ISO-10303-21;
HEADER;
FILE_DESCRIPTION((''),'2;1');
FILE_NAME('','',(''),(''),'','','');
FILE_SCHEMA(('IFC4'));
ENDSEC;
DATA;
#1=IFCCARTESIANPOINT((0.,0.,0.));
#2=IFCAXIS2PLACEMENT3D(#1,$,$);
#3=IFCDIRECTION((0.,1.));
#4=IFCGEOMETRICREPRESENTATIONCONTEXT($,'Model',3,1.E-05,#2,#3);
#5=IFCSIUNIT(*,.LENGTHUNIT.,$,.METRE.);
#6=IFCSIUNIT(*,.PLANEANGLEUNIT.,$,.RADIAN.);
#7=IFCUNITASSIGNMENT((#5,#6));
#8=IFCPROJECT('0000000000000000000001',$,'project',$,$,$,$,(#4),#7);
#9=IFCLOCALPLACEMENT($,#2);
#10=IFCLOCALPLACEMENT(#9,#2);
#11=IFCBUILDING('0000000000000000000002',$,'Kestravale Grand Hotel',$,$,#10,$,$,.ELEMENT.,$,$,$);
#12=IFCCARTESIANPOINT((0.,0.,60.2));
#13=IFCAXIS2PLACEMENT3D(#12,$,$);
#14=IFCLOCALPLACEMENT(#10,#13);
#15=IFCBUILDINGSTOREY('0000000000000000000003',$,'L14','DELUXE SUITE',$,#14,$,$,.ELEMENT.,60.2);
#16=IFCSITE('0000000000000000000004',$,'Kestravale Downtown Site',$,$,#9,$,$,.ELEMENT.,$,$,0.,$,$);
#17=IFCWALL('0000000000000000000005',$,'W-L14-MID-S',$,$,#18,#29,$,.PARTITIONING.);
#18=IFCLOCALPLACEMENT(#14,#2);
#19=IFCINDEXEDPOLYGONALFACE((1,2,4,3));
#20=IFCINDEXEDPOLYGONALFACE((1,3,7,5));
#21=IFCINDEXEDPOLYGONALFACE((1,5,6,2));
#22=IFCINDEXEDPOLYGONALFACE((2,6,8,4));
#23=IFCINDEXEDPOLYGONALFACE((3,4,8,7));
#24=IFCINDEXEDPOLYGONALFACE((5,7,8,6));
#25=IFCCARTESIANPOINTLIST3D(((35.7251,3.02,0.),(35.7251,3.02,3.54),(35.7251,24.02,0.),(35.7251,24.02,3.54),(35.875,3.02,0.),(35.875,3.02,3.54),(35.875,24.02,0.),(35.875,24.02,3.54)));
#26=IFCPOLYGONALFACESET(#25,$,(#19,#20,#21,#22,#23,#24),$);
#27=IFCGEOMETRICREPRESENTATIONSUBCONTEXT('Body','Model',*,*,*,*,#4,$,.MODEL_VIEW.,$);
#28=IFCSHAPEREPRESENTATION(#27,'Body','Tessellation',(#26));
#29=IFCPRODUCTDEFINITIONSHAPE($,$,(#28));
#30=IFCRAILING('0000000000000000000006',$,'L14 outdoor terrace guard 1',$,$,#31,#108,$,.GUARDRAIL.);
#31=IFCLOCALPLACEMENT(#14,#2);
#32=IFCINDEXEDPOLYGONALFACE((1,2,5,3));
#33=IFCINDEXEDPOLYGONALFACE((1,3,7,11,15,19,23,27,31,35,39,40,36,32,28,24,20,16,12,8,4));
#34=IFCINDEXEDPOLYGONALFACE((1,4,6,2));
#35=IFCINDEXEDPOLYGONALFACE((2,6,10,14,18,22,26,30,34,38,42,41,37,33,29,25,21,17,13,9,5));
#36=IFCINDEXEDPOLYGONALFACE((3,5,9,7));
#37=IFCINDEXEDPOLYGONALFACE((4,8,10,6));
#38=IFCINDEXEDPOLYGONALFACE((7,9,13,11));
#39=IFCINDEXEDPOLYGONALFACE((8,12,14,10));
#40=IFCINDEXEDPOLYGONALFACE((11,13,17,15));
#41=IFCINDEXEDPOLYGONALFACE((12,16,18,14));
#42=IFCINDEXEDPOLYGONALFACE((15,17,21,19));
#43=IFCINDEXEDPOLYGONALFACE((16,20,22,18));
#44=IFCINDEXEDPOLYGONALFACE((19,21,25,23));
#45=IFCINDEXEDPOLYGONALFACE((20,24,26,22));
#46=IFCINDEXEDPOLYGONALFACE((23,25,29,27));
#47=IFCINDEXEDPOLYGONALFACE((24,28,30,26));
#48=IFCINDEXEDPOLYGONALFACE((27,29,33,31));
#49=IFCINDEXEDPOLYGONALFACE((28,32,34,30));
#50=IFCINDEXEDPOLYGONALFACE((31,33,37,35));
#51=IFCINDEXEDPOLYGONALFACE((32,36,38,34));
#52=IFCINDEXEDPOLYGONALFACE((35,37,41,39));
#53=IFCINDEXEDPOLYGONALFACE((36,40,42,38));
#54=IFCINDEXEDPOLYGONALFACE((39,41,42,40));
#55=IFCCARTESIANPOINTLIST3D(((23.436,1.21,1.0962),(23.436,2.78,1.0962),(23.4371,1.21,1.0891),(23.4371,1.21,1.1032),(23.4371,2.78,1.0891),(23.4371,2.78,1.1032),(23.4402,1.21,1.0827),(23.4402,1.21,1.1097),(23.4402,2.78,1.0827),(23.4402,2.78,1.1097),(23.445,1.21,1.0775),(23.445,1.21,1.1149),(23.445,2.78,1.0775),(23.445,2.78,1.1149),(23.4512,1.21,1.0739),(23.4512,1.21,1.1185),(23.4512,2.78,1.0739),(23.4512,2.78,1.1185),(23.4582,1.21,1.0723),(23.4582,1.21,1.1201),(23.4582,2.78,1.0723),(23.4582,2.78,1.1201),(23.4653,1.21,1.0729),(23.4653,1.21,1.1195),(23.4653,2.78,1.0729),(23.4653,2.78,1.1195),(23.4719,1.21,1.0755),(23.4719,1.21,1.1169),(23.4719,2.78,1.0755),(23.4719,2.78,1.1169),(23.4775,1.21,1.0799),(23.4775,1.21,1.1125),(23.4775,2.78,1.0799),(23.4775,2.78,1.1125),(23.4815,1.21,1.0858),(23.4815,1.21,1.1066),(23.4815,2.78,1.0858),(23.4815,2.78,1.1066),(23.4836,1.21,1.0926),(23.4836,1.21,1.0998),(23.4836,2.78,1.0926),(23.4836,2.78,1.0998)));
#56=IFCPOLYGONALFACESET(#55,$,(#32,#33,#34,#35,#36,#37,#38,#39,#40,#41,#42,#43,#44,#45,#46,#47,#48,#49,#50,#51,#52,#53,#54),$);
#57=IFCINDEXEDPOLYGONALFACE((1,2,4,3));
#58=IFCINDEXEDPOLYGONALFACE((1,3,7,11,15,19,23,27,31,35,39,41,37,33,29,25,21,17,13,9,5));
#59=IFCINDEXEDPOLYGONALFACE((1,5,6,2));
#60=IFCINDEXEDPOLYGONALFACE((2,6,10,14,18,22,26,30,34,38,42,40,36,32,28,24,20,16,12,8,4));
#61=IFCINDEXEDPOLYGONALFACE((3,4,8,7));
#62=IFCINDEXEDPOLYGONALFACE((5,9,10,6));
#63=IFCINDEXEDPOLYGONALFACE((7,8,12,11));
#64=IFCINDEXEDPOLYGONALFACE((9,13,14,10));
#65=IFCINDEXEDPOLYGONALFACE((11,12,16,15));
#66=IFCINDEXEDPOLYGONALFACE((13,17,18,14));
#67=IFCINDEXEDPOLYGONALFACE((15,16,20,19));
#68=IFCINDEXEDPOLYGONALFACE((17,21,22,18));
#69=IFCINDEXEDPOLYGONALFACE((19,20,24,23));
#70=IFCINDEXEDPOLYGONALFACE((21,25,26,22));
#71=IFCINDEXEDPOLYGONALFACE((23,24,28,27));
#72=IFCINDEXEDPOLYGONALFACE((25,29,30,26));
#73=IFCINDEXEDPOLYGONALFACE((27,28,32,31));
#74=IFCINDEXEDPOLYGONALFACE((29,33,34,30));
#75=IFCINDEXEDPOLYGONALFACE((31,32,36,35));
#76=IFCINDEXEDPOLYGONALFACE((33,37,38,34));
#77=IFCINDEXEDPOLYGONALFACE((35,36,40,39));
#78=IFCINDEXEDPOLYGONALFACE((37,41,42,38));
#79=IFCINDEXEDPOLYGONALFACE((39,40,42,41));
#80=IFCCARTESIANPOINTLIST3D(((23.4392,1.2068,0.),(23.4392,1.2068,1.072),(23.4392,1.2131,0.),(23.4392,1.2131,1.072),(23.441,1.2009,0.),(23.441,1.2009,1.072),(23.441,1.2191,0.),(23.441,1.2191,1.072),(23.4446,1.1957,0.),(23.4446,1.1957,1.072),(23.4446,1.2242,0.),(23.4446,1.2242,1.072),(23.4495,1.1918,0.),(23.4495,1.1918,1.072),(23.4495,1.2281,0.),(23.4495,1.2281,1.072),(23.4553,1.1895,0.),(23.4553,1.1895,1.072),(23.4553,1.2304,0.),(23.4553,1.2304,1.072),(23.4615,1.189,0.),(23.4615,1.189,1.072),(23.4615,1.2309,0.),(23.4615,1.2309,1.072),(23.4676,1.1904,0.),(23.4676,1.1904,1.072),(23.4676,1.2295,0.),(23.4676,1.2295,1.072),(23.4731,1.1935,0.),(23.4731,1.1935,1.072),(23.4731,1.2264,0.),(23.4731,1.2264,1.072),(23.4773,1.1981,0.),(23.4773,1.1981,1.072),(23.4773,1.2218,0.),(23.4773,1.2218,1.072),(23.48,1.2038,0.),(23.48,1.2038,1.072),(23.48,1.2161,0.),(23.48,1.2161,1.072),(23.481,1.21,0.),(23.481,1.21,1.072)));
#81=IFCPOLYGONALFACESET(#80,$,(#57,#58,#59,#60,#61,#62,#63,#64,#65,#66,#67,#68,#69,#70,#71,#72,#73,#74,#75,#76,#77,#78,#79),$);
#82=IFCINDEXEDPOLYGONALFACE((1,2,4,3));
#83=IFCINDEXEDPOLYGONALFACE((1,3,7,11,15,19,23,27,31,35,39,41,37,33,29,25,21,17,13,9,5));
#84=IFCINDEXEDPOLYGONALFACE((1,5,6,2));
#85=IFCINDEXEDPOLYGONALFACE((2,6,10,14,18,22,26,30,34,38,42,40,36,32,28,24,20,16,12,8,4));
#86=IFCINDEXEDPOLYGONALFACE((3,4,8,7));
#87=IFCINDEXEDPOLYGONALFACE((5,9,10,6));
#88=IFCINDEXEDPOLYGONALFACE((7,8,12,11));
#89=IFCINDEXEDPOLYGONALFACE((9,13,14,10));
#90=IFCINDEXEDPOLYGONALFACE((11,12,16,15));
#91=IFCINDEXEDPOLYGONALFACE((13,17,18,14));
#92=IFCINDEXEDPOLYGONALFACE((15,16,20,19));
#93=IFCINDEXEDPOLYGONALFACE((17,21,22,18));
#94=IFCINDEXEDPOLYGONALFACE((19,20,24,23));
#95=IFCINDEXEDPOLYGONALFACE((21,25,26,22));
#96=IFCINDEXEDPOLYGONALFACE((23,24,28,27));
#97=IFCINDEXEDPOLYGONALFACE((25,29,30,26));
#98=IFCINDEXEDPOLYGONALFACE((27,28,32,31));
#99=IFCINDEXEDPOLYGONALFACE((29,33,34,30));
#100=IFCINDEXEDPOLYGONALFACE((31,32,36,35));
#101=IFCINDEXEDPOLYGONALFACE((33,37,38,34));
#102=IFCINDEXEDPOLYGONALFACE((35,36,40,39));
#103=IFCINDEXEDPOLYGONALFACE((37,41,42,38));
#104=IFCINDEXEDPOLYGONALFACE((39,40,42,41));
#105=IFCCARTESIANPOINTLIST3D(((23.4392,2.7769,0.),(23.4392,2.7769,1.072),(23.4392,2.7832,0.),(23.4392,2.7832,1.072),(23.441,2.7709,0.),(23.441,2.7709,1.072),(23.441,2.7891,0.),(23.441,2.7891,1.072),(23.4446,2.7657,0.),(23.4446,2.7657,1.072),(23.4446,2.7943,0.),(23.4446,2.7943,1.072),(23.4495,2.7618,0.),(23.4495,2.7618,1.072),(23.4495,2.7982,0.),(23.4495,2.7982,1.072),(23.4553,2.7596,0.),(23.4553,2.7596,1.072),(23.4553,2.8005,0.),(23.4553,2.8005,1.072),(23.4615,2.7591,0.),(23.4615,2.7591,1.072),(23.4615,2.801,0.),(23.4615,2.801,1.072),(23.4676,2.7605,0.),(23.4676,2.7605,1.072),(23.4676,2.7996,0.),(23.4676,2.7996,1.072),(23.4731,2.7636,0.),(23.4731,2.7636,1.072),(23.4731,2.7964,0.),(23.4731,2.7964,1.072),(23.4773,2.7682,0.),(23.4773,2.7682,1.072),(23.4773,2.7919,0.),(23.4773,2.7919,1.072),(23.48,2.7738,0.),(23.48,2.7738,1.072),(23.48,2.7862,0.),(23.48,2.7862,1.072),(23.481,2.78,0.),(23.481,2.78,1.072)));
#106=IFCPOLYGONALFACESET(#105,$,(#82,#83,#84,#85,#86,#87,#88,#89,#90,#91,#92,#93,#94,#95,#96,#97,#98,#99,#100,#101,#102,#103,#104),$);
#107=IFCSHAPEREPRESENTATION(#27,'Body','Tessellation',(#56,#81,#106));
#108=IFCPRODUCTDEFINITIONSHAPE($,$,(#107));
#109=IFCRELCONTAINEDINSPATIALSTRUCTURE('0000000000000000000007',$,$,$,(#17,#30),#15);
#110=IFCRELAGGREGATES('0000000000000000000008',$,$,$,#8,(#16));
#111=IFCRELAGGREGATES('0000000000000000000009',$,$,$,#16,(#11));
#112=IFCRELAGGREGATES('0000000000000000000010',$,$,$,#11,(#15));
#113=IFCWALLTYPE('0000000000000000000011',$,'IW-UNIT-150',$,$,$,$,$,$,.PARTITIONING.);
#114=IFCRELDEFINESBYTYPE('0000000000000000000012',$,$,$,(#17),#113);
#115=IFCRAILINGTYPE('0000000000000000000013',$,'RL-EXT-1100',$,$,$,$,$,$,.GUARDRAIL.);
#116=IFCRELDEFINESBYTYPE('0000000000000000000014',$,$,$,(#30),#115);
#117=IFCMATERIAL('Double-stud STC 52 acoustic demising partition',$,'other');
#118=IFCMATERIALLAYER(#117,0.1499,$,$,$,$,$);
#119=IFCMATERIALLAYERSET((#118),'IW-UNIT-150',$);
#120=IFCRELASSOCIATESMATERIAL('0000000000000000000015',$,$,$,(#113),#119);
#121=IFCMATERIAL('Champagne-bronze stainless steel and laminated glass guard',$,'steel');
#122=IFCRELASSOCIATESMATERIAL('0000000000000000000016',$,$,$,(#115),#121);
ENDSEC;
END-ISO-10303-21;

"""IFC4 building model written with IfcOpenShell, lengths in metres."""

from ifc_helpers import new_model, si_unit, direction, frame, frame_2d, origin, origin_2d, place, context, subcontext, project, spatial, rectangle, circle, extrude, material, layer, layer_set, type_object, element, save


model = new_model("IFC4")

# Units and contexts
model_context = context("Model", 3, precision=1e-05, world=origin(), true_north=direction((0.0, 1.0)))
body_context = subcontext(model_context, "Body", "Model", "MODEL_VIEW")
ifc_project = project(units=[si_unit("LENGTHUNIT", "METRE"), si_unit("PLANEANGLEUNIT", "RADIAN")], contexts=[model_context])

# Site, building, storey
site_placement = place(None, origin())
site = spatial("IfcSite", under=ifc_project, at=site_placement, Name="Kestravale Downtown Site", CompositionType="ELEMENT", RefElevation=0.0)
building_placement = place(site_placement, origin())
building = spatial("IfcBuilding", under=site, at=building_placement, Name="Kestravale Grand Hotel", CompositionType="ELEMENT")
storey_placement = place(building_placement, frame((0.0, 0.0, 60.2)))
storey = spatial("IfcBuildingStorey", under=building, at=storey_placement, Name="L14", Description="DELUXE SUITE", CompositionType="ELEMENT", Elevation=60.2)

# Wall
ifc_material_1 = material(Name="Double-stud STC 52 acoustic demising partition", Category="other")
ifc_layer = layer(ifc_material_1, 0.1499)
ifc_layer_set = layer_set([ifc_layer], Name="IW-UNIT-150")
wall_type = type_object("IfcWallType", Name="IW-UNIT-150", PredefinedType="PARTITIONING", material=ifc_layer_set)
wall_1_placement = place(storey_placement, frame((35.8, 3.02, 0.0), z_axis=(0.0, 0.0, 1.0), x_axis=(0.0, 1.0, 0.0)))
element("IfcWall", 1, at=wall_1_placement, inside=storey, type_object=wall_type, Name="W-L14-MID-S", PredefinedType="PARTITIONING", context=body_context, shape_type="SweptSolid", body=[
    extrude(rectangle(XDim=21.0, YDim=0.1499, at=frame_2d((10.5, 0.0))), origin(), (0.0, 0.0, 1.0), 3.54),
])

# Railing
ifc_material_2 = material(Name="Champagne-bronze stainless steel and laminated glass guard", Category="steel")
railing_type = type_object("IfcRailingType", Name="RL-EXT-1100", PredefinedType="GUARDRAIL", material=ifc_material_2)
railing_1_placement = place(storey_placement, frame((23.46, 1.21, 0.0)))
element("IfcRailing", 2, at=railing_1_placement, inside=storey, type_object=railing_type, Name="L14 outdoor terrace guard 1", PredefinedType="GUARDRAIL", context=body_context, shape_type="SweptSolid", body=[
    extrude(circle(Radius=0.0239, at=origin_2d()), frame((0.0, 0.0, 1.0962), z_axis=(0.0, 1.0, 0.0), x_axis=(-1.0, 0.0, 0.0)), (0.0, 0.0, 1.0), 1.5701),
    extrude(circle(Radius=0.021, at=origin_2d()), origin(), (0.0, 0.0, 1.0), 1.072),
    extrude(circle(Radius=0.021, at=origin_2d()), frame((0.0, 1.5701, 0.0)), (0.0, 0.0, 1.0), 1.072),
])

save(model, "model.ifc")
